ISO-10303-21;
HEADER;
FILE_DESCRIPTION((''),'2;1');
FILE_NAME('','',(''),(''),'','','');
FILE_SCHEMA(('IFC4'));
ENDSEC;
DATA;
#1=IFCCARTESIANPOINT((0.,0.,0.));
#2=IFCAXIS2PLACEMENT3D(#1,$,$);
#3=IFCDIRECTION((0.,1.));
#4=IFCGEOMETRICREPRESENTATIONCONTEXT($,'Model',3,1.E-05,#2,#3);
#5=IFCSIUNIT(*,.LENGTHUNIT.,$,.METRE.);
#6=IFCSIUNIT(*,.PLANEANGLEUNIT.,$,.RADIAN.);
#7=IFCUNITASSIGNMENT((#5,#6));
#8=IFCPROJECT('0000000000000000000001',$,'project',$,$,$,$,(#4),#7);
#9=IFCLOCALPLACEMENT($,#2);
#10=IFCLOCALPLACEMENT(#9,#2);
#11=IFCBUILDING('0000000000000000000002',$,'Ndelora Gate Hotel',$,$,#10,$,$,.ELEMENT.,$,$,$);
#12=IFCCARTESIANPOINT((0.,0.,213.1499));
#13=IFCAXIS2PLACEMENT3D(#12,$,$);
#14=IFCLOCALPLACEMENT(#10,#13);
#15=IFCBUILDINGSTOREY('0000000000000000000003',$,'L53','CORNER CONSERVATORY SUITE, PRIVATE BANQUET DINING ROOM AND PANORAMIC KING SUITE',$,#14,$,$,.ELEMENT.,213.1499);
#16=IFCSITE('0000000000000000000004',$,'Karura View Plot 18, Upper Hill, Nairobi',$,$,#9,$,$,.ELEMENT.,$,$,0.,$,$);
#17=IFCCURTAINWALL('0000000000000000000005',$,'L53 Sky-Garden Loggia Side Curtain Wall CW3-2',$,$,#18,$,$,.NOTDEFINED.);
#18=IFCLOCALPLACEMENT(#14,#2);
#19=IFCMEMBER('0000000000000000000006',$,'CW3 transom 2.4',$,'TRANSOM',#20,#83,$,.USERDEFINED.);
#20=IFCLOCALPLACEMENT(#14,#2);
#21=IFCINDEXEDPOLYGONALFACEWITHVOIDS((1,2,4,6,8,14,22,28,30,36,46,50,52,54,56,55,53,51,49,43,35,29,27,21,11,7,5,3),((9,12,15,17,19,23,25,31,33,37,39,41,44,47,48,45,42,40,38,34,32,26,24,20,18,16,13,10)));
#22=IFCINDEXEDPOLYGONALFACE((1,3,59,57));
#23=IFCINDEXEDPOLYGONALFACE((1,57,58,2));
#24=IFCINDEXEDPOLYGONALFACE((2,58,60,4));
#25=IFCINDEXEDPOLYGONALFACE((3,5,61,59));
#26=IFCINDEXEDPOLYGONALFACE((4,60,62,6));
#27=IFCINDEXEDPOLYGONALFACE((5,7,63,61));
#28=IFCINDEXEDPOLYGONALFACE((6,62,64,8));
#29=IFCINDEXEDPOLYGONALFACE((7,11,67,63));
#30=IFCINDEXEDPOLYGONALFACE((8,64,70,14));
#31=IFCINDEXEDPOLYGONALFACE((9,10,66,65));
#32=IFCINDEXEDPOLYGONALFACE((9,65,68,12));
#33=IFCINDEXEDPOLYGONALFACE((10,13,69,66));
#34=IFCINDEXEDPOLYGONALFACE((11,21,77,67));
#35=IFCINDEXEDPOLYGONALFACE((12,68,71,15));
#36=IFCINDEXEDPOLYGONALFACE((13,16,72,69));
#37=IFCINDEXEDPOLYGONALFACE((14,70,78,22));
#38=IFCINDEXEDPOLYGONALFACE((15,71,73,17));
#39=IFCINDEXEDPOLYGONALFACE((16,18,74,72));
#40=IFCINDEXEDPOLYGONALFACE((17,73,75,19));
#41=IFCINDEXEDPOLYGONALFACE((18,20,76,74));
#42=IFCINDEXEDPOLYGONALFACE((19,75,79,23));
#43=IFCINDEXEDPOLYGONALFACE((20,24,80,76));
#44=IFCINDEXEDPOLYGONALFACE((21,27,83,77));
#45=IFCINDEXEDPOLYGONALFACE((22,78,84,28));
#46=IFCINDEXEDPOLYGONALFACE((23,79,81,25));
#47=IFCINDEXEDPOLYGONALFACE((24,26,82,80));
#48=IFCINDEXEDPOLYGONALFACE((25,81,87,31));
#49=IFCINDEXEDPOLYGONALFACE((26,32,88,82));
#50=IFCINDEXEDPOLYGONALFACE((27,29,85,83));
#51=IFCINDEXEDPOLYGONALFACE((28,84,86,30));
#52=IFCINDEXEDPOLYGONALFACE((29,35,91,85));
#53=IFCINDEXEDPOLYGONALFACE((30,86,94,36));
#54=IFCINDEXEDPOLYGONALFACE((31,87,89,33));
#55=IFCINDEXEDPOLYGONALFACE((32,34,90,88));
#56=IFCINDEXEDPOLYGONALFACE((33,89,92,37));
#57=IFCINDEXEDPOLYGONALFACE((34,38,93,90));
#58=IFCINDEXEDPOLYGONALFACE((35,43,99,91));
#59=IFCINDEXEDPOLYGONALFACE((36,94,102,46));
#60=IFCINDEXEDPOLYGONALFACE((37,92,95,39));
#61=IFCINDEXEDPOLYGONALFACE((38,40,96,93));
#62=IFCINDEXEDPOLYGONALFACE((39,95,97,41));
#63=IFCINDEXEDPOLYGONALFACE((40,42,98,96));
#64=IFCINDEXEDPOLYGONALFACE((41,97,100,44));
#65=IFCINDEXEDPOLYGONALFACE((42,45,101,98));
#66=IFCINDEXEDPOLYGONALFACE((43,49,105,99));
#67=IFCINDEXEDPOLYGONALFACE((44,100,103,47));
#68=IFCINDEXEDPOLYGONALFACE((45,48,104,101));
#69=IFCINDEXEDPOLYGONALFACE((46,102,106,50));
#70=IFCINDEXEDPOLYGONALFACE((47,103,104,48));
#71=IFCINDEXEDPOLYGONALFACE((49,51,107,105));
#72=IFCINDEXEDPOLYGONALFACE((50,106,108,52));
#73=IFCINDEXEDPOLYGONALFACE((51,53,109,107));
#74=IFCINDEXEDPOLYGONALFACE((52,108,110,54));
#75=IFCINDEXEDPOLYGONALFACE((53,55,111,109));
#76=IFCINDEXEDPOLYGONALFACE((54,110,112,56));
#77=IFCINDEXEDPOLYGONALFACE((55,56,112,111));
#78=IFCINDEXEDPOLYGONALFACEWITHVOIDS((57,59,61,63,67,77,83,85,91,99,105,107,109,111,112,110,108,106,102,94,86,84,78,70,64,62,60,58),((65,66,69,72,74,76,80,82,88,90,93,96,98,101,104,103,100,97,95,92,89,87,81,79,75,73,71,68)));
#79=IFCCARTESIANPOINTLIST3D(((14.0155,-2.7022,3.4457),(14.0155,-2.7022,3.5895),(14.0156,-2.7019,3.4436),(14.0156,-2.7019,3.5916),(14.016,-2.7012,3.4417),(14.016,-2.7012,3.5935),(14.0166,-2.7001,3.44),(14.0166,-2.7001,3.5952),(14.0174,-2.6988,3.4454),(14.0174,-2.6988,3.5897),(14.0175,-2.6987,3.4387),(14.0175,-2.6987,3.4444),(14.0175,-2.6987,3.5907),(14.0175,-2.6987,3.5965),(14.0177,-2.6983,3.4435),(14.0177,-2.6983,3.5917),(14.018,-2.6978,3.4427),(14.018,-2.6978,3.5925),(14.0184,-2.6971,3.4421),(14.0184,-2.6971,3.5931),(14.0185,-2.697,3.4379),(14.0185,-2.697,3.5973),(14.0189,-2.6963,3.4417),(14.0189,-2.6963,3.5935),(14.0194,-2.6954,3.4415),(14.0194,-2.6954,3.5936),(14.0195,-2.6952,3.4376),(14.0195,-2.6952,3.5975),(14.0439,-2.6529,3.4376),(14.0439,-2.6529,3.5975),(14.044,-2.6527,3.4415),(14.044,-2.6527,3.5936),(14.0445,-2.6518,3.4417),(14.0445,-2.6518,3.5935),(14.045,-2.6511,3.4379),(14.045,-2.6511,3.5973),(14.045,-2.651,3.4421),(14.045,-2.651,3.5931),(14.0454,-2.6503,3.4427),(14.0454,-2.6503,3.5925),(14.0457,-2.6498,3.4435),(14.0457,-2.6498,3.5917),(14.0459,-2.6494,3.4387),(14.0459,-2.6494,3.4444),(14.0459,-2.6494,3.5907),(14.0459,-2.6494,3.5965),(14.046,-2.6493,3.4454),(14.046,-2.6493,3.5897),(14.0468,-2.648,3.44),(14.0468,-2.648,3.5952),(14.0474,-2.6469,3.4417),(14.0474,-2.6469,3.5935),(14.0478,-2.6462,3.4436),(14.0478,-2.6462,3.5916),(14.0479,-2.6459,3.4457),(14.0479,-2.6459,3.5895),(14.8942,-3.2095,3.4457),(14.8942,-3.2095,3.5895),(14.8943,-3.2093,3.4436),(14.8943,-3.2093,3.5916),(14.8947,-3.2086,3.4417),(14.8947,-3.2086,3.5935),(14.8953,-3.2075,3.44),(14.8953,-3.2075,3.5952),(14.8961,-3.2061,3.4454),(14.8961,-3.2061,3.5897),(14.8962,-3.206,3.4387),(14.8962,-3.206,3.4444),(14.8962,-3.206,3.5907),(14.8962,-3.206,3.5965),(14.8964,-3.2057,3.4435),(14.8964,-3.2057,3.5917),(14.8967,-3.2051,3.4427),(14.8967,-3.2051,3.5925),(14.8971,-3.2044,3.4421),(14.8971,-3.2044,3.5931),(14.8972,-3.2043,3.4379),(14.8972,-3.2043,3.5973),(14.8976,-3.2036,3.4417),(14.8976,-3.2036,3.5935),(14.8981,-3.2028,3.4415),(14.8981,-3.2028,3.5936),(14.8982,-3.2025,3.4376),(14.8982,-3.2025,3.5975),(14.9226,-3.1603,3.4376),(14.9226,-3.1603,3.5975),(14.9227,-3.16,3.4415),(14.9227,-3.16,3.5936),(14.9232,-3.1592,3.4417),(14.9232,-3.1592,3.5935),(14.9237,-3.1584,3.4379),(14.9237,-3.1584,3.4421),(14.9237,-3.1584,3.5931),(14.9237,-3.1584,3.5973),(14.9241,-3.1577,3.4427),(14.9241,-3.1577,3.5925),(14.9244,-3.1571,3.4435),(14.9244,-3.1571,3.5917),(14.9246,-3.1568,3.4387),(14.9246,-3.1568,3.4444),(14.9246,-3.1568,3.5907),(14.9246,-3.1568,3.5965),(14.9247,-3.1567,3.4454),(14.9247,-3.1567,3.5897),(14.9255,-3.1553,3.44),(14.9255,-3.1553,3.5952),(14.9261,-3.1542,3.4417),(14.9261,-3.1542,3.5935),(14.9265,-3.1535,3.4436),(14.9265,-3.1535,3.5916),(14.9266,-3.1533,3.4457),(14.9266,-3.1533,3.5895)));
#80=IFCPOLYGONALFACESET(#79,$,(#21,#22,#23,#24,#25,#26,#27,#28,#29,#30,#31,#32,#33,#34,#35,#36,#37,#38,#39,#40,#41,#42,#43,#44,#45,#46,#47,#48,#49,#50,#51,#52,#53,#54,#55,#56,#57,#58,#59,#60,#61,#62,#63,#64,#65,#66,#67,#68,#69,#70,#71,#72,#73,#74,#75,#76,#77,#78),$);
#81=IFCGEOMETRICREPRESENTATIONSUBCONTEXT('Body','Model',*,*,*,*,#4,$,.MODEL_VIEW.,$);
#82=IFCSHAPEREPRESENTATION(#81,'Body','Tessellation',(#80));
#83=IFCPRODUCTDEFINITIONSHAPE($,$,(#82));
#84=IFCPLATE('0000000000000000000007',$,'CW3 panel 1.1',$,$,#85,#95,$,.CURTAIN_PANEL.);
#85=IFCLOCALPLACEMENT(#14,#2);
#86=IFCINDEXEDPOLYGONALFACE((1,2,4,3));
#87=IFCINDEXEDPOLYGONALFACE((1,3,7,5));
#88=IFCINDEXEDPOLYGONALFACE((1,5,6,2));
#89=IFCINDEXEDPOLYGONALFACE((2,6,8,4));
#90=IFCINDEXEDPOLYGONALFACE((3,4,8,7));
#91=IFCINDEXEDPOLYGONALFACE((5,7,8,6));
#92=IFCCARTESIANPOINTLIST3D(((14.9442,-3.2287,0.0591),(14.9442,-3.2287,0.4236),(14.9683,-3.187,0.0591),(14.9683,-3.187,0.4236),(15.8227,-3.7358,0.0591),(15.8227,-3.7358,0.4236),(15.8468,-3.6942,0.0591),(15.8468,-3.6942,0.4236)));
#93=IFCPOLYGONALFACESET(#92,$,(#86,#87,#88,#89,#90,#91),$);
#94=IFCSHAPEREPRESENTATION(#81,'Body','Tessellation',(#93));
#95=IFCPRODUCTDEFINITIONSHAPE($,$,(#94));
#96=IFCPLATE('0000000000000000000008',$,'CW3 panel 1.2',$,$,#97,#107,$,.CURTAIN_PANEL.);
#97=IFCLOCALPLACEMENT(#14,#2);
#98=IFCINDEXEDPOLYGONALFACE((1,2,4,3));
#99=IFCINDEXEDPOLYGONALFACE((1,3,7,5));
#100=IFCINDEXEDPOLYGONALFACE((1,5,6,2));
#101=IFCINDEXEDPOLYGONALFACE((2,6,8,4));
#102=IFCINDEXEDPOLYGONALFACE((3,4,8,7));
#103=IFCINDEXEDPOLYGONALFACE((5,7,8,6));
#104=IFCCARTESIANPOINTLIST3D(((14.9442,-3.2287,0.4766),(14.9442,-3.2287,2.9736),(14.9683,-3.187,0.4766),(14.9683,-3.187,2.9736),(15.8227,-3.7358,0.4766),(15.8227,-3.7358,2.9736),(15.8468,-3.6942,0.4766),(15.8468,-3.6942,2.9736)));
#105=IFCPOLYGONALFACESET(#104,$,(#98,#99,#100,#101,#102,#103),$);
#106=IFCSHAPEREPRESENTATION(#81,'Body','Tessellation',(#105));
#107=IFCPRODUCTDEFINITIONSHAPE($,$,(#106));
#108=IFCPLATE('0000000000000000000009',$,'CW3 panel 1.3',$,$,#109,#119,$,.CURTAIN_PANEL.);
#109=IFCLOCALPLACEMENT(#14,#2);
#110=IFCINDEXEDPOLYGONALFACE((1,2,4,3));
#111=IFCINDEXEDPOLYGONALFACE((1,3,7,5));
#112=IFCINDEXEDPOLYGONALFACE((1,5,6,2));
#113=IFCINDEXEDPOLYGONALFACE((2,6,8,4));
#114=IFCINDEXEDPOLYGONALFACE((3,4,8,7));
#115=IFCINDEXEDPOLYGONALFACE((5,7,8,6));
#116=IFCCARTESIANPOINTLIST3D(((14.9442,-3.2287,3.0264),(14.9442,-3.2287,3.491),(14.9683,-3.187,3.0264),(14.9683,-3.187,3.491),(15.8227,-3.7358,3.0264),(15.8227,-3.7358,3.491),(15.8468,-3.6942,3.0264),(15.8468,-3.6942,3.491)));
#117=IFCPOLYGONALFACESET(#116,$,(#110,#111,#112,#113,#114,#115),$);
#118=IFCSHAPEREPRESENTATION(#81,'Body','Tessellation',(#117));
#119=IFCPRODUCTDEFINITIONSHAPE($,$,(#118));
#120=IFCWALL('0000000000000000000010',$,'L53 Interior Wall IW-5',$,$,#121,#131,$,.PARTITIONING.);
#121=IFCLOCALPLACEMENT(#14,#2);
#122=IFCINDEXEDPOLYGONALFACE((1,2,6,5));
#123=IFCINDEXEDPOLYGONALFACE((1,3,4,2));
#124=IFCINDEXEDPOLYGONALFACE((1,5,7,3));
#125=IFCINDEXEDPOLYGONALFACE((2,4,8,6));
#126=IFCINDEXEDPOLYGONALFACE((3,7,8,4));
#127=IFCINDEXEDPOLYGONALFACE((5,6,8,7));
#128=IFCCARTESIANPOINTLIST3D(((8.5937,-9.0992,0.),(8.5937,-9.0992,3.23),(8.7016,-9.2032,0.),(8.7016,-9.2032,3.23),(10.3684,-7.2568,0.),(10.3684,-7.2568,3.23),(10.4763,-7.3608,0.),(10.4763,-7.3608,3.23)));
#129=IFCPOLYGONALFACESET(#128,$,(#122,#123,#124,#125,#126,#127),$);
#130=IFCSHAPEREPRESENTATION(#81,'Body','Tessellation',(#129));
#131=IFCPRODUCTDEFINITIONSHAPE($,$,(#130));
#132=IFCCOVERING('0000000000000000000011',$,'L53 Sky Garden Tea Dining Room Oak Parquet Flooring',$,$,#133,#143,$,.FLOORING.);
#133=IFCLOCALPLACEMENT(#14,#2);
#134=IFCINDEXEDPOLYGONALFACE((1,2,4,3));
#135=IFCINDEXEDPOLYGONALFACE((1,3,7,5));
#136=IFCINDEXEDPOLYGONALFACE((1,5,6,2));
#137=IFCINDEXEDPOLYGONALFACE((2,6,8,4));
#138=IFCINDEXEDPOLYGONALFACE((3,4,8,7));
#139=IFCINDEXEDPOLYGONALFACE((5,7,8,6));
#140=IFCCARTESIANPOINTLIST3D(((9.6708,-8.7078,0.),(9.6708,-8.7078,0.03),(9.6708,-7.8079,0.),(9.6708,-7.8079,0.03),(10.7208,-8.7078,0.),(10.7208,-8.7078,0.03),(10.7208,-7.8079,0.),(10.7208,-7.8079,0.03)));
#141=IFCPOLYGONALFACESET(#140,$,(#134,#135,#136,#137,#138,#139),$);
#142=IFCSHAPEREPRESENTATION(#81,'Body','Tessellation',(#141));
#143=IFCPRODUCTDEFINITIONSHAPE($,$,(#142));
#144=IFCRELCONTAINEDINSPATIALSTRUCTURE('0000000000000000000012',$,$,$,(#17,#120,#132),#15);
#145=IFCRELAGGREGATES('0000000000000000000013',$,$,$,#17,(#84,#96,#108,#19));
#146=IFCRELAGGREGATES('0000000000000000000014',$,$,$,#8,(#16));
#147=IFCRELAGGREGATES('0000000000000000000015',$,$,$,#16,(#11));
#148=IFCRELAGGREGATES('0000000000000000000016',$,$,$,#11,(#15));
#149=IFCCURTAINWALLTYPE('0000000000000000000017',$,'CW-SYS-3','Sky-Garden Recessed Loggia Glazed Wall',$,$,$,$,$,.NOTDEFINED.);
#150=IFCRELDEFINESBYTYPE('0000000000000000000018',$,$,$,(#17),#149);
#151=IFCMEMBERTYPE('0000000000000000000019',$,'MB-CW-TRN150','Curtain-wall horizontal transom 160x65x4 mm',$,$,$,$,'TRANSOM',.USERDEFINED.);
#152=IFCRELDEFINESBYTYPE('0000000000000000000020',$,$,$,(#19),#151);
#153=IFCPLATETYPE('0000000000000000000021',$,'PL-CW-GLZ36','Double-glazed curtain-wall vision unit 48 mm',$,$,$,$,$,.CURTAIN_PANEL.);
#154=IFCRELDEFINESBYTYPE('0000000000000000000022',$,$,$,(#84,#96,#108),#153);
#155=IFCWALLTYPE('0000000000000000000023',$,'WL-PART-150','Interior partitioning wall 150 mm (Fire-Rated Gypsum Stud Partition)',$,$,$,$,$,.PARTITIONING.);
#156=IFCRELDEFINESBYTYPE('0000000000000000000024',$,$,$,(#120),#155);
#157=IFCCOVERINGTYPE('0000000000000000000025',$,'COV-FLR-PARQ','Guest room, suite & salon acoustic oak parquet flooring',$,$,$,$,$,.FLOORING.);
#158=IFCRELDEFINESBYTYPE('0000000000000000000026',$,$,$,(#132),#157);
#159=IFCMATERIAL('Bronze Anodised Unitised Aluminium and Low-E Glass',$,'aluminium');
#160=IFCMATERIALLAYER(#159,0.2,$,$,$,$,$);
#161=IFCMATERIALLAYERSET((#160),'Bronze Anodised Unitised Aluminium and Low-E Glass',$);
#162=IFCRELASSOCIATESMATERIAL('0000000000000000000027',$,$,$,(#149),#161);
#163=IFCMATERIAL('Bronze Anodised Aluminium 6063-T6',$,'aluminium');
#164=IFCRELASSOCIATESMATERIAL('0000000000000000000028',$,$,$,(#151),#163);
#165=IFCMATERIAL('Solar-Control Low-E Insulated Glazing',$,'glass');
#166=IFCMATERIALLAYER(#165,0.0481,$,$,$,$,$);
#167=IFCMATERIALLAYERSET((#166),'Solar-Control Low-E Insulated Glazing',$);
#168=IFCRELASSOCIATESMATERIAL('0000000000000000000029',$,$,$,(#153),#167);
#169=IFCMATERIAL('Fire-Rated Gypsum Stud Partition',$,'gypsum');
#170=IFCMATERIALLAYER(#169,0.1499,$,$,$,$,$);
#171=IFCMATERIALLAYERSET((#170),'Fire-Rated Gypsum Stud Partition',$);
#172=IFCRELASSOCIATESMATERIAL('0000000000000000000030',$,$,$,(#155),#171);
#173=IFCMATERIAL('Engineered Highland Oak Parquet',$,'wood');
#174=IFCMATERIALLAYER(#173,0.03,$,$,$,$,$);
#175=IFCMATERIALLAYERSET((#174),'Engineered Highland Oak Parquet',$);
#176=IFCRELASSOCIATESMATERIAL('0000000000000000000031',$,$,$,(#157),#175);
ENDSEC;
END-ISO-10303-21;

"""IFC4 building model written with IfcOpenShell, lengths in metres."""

from ifc_helpers import new_model, si_unit, direction, frame, frame_2d, origin, origin_2d, place, context, subcontext, project, spatial, rectangle, hollow_rectangle, extrude, material, layer, layer_set, material_profile, profile_set, type_object, element, aggregate, save


model = new_model("IFC4")

# Units and contexts
model_context = context("Model", 3, precision=1e-05, world=origin(), true_north=direction((0.0, 1.0)))
body_context = subcontext(model_context, "Body", "Model", "MODEL_VIEW")
ifc_project = project(units=[si_unit("LENGTHUNIT", "METRE"), si_unit("PLANEANGLEUNIT", "RADIAN")], contexts=[model_context])

# Site, building, storey
site_placement = place(None, origin())
site = spatial("IfcSite", under=ifc_project, at=site_placement, Name="Karura View Plot 18, Upper Hill, Nairobi", CompositionType="ELEMENT", RefElevation=0.0)
building_placement = place(site_placement, origin())
building = spatial("IfcBuilding", under=site, at=building_placement, Name="Ndelora Gate Hotel", CompositionType="ELEMENT")
storey_placement = place(building_placement, frame((0.0, 0.0, 213.1499)))
storey = spatial("IfcBuildingStorey", under=building, at=storey_placement, Name="L53", Description="CORNER CONSERVATORY SUITE, PRIVATE BANQUET DINING ROOM AND PANORAMIC KING SUITE", CompositionType="ELEMENT", Elevation=213.1499)

# Curtain wall, member, plates
ifc_material_1 = material(Name="Bronze Anodised Unitised Aluminium and Low-E Glass", Category="aluminium")
ifc_layer_1 = layer(ifc_material_1, 0.2)
ifc_layer_set_1 = layer_set([ifc_layer_1], Name="Bronze Anodised Unitised Aluminium and Low-E Glass")
curtain_wall_type = type_object("IfcCurtainWallType", Name="CW-SYS-3", Description="Sky-Garden Recessed Loggia Glazed Wall", PredefinedType="NOTDEFINED", material=ifc_layer_set_1)
curtain_wall_placement = place(storey_placement, origin())
curtain_wall = element("IfcCurtainWall", 1, at=curtain_wall_placement, inside=storey, type_object=curtain_wall_type, Name="L53 Sky-Garden Loggia Side Curtain Wall CW3-2", PredefinedType="NOTDEFINED")
ifc_material_2 = material(Name="Bronze Anodised Aluminium 6063-T6", Category="aluminium")
ifc_material_profile_1 = material_profile(ifc_material_2, hollow_rectangle(XDim=0.0649, YDim=0.1599, WallThickness=0.0039, InnerFilletRadius=0.0039, OuterFilletRadius=0.0081, at=origin_2d()), Name="ALU 160x65x4")
ifc_profile_set_1 = profile_set([ifc_material_profile_1], Name="Bronze Anodised Aluminium 6063-T6")
member_type_1 = type_object("IfcMemberType", Name="MB-CW-TRN150", Description="Curtain-wall horizontal transom 160x65x4 mm", ElementType="TRANSOM", PredefinedType="USERDEFINED", material=ifc_profile_set_1)
member_1_placement = place(storey_placement, frame((14.9104, -3.1814, 3.5176), z_axis=(-0.866013, 0.500021, 0.0), x_axis=(-0.500021, -0.866013, 0.0)))
member_1 = element("IfcMember", 2, at=member_1_placement, type_object=member_type_1, Name="CW3 transom 2.4", ObjectType="TRANSOM", PredefinedType="USERDEFINED", context=body_context, shape_type="SweptSolid", body=[
    extrude(hollow_rectangle(XDim=0.0649, YDim=0.1599, WallThickness=0.0039, InnerFilletRadius=0.0039, OuterFilletRadius=0.0081, at=origin_2d()), origin(), (0.0, 0.0, 1.0), 1.0146),
])
ifc_material_3 = material(Name="Solar-Control Low-E Insulated Glazing", Category="glass")
ifc_layer_2 = layer(ifc_material_3, 0.0481)
ifc_layer_set_2 = layer_set([ifc_layer_2], Name="Solar-Control Low-E Insulated Glazing")
plate_type = type_object("IfcPlateType", Name="PL-CW-GLZ36", Description="Double-glazed curtain-wall vision unit 48 mm", PredefinedType="CURTAIN_PANEL", material=ifc_layer_set_2)
plate_1_placement = place(storey_placement, frame((15.3955, -3.4614, 0.0591), z_axis=(0.0, 0.0, 1.0), x_axis=(-0.86603, 0.499991, 0.0)))
plate_1 = element("IfcPlate", 3, at=plate_1_placement, type_object=plate_type, Name="CW3 panel 1.1", PredefinedType="CURTAIN_PANEL", context=body_context, shape_type="SweptSolid", body=[
    extrude(rectangle(XDim=1.0144, YDim=0.0481, at=origin_2d()), origin(), (0.0, 0.0, 1.0), 0.3645),
])
plate_2_placement = place(storey_placement, frame((15.3955, -3.4614, 0.4766), z_axis=(0.0, 0.0, 1.0), x_axis=(-0.86603, 0.499991, 0.0)))
plate_2 = element("IfcPlate", 4, at=plate_2_placement, type_object=plate_type, Name="CW3 panel 1.2", PredefinedType="CURTAIN_PANEL", context=body_context, shape_type="SweptSolid", body=[
    extrude(rectangle(XDim=1.0144, YDim=0.0481, at=origin_2d()), origin(), (0.0, 0.0, 1.0), 2.4971),
])
plate_3_placement = place(storey_placement, frame((15.3955, -3.4614, 3.0264), z_axis=(0.0, 0.0, 1.0), x_axis=(-0.86603, 0.499991, 0.0)))
plate_3 = element("IfcPlate", 5, at=plate_3_placement, type_object=plate_type, Name="CW3 panel 1.3", PredefinedType="CURTAIN_PANEL", context=body_context, shape_type="SweptSolid", body=[
    extrude(rectangle(XDim=1.0144, YDim=0.0481, at=origin_2d()), origin(), (0.0, 0.0, 1.0), 0.4646),
])
aggregate(curtain_wall, [plate_1, plate_2, plate_3, member_1])

# Wall
ifc_material_4 = material(Name="Fire-Rated Gypsum Stud Partition", Category="gypsum")
ifc_layer_3 = layer(ifc_material_4, 0.1499)
ifc_layer_set_3 = layer_set([ifc_layer_3], Name="Fire-Rated Gypsum Stud Partition")
wall_type = type_object("IfcWallType", Name="WL-PART-150", Description="Interior partitioning wall 150 mm (Fire-Rated Gypsum Stud Partition)", PredefinedType="PARTITIONING", material=ifc_layer_set_3)
wall_placement = place(storey_placement, frame((10.4224, -7.3088, 0.0), z_axis=(0.0, 0.0, 1.0), x_axis=(-0.693765, -0.720202, 0.0)))
element("IfcWall", 6, at=wall_placement, inside=storey, type_object=wall_type, Name="L53 Interior Wall IW-5", PredefinedType="PARTITIONING", context=body_context, shape_type="SweptSolid", body=[
    extrude(rectangle(XDim=2.5581, YDim=0.1499, at=frame_2d((1.2791, 0.0))), origin(), (0.0, 0.0, 1.0), 3.23),
])

# Covering
ifc_material_5 = material(Name="Engineered Highland Oak Parquet", Category="wood")
ifc_layer_4 = layer(ifc_material_5, 0.03)
ifc_layer_set_4 = layer_set([ifc_layer_4], Name="Engineered Highland Oak Parquet")
covering_type = type_object("IfcCoveringType", Name="COV-FLR-PARQ", Description="Guest room, suite & salon acoustic oak parquet flooring", PredefinedType="FLOORING", material=ifc_layer_set_4)
covering_placement = place(storey_placement, frame((10.1958, -8.2578, 0.0), z_axis=(0.0, 0.0, 1.0), x_axis=(1.0, 0.0, 0.0)))
element("IfcCovering", 7, at=covering_placement, inside=storey, type_object=covering_type, Name="L53 Sky Garden Tea Dining Room Oak Parquet Flooring", PredefinedType="FLOORING", context=body_context, shape_type="SweptSolid", body=[
    extrude(rectangle(XDim=1.05, YDim=0.8999, at=origin_2d()), origin(), (0.0, 0.0, 1.0), 0.03),
])

save(model, "model.ifc")
